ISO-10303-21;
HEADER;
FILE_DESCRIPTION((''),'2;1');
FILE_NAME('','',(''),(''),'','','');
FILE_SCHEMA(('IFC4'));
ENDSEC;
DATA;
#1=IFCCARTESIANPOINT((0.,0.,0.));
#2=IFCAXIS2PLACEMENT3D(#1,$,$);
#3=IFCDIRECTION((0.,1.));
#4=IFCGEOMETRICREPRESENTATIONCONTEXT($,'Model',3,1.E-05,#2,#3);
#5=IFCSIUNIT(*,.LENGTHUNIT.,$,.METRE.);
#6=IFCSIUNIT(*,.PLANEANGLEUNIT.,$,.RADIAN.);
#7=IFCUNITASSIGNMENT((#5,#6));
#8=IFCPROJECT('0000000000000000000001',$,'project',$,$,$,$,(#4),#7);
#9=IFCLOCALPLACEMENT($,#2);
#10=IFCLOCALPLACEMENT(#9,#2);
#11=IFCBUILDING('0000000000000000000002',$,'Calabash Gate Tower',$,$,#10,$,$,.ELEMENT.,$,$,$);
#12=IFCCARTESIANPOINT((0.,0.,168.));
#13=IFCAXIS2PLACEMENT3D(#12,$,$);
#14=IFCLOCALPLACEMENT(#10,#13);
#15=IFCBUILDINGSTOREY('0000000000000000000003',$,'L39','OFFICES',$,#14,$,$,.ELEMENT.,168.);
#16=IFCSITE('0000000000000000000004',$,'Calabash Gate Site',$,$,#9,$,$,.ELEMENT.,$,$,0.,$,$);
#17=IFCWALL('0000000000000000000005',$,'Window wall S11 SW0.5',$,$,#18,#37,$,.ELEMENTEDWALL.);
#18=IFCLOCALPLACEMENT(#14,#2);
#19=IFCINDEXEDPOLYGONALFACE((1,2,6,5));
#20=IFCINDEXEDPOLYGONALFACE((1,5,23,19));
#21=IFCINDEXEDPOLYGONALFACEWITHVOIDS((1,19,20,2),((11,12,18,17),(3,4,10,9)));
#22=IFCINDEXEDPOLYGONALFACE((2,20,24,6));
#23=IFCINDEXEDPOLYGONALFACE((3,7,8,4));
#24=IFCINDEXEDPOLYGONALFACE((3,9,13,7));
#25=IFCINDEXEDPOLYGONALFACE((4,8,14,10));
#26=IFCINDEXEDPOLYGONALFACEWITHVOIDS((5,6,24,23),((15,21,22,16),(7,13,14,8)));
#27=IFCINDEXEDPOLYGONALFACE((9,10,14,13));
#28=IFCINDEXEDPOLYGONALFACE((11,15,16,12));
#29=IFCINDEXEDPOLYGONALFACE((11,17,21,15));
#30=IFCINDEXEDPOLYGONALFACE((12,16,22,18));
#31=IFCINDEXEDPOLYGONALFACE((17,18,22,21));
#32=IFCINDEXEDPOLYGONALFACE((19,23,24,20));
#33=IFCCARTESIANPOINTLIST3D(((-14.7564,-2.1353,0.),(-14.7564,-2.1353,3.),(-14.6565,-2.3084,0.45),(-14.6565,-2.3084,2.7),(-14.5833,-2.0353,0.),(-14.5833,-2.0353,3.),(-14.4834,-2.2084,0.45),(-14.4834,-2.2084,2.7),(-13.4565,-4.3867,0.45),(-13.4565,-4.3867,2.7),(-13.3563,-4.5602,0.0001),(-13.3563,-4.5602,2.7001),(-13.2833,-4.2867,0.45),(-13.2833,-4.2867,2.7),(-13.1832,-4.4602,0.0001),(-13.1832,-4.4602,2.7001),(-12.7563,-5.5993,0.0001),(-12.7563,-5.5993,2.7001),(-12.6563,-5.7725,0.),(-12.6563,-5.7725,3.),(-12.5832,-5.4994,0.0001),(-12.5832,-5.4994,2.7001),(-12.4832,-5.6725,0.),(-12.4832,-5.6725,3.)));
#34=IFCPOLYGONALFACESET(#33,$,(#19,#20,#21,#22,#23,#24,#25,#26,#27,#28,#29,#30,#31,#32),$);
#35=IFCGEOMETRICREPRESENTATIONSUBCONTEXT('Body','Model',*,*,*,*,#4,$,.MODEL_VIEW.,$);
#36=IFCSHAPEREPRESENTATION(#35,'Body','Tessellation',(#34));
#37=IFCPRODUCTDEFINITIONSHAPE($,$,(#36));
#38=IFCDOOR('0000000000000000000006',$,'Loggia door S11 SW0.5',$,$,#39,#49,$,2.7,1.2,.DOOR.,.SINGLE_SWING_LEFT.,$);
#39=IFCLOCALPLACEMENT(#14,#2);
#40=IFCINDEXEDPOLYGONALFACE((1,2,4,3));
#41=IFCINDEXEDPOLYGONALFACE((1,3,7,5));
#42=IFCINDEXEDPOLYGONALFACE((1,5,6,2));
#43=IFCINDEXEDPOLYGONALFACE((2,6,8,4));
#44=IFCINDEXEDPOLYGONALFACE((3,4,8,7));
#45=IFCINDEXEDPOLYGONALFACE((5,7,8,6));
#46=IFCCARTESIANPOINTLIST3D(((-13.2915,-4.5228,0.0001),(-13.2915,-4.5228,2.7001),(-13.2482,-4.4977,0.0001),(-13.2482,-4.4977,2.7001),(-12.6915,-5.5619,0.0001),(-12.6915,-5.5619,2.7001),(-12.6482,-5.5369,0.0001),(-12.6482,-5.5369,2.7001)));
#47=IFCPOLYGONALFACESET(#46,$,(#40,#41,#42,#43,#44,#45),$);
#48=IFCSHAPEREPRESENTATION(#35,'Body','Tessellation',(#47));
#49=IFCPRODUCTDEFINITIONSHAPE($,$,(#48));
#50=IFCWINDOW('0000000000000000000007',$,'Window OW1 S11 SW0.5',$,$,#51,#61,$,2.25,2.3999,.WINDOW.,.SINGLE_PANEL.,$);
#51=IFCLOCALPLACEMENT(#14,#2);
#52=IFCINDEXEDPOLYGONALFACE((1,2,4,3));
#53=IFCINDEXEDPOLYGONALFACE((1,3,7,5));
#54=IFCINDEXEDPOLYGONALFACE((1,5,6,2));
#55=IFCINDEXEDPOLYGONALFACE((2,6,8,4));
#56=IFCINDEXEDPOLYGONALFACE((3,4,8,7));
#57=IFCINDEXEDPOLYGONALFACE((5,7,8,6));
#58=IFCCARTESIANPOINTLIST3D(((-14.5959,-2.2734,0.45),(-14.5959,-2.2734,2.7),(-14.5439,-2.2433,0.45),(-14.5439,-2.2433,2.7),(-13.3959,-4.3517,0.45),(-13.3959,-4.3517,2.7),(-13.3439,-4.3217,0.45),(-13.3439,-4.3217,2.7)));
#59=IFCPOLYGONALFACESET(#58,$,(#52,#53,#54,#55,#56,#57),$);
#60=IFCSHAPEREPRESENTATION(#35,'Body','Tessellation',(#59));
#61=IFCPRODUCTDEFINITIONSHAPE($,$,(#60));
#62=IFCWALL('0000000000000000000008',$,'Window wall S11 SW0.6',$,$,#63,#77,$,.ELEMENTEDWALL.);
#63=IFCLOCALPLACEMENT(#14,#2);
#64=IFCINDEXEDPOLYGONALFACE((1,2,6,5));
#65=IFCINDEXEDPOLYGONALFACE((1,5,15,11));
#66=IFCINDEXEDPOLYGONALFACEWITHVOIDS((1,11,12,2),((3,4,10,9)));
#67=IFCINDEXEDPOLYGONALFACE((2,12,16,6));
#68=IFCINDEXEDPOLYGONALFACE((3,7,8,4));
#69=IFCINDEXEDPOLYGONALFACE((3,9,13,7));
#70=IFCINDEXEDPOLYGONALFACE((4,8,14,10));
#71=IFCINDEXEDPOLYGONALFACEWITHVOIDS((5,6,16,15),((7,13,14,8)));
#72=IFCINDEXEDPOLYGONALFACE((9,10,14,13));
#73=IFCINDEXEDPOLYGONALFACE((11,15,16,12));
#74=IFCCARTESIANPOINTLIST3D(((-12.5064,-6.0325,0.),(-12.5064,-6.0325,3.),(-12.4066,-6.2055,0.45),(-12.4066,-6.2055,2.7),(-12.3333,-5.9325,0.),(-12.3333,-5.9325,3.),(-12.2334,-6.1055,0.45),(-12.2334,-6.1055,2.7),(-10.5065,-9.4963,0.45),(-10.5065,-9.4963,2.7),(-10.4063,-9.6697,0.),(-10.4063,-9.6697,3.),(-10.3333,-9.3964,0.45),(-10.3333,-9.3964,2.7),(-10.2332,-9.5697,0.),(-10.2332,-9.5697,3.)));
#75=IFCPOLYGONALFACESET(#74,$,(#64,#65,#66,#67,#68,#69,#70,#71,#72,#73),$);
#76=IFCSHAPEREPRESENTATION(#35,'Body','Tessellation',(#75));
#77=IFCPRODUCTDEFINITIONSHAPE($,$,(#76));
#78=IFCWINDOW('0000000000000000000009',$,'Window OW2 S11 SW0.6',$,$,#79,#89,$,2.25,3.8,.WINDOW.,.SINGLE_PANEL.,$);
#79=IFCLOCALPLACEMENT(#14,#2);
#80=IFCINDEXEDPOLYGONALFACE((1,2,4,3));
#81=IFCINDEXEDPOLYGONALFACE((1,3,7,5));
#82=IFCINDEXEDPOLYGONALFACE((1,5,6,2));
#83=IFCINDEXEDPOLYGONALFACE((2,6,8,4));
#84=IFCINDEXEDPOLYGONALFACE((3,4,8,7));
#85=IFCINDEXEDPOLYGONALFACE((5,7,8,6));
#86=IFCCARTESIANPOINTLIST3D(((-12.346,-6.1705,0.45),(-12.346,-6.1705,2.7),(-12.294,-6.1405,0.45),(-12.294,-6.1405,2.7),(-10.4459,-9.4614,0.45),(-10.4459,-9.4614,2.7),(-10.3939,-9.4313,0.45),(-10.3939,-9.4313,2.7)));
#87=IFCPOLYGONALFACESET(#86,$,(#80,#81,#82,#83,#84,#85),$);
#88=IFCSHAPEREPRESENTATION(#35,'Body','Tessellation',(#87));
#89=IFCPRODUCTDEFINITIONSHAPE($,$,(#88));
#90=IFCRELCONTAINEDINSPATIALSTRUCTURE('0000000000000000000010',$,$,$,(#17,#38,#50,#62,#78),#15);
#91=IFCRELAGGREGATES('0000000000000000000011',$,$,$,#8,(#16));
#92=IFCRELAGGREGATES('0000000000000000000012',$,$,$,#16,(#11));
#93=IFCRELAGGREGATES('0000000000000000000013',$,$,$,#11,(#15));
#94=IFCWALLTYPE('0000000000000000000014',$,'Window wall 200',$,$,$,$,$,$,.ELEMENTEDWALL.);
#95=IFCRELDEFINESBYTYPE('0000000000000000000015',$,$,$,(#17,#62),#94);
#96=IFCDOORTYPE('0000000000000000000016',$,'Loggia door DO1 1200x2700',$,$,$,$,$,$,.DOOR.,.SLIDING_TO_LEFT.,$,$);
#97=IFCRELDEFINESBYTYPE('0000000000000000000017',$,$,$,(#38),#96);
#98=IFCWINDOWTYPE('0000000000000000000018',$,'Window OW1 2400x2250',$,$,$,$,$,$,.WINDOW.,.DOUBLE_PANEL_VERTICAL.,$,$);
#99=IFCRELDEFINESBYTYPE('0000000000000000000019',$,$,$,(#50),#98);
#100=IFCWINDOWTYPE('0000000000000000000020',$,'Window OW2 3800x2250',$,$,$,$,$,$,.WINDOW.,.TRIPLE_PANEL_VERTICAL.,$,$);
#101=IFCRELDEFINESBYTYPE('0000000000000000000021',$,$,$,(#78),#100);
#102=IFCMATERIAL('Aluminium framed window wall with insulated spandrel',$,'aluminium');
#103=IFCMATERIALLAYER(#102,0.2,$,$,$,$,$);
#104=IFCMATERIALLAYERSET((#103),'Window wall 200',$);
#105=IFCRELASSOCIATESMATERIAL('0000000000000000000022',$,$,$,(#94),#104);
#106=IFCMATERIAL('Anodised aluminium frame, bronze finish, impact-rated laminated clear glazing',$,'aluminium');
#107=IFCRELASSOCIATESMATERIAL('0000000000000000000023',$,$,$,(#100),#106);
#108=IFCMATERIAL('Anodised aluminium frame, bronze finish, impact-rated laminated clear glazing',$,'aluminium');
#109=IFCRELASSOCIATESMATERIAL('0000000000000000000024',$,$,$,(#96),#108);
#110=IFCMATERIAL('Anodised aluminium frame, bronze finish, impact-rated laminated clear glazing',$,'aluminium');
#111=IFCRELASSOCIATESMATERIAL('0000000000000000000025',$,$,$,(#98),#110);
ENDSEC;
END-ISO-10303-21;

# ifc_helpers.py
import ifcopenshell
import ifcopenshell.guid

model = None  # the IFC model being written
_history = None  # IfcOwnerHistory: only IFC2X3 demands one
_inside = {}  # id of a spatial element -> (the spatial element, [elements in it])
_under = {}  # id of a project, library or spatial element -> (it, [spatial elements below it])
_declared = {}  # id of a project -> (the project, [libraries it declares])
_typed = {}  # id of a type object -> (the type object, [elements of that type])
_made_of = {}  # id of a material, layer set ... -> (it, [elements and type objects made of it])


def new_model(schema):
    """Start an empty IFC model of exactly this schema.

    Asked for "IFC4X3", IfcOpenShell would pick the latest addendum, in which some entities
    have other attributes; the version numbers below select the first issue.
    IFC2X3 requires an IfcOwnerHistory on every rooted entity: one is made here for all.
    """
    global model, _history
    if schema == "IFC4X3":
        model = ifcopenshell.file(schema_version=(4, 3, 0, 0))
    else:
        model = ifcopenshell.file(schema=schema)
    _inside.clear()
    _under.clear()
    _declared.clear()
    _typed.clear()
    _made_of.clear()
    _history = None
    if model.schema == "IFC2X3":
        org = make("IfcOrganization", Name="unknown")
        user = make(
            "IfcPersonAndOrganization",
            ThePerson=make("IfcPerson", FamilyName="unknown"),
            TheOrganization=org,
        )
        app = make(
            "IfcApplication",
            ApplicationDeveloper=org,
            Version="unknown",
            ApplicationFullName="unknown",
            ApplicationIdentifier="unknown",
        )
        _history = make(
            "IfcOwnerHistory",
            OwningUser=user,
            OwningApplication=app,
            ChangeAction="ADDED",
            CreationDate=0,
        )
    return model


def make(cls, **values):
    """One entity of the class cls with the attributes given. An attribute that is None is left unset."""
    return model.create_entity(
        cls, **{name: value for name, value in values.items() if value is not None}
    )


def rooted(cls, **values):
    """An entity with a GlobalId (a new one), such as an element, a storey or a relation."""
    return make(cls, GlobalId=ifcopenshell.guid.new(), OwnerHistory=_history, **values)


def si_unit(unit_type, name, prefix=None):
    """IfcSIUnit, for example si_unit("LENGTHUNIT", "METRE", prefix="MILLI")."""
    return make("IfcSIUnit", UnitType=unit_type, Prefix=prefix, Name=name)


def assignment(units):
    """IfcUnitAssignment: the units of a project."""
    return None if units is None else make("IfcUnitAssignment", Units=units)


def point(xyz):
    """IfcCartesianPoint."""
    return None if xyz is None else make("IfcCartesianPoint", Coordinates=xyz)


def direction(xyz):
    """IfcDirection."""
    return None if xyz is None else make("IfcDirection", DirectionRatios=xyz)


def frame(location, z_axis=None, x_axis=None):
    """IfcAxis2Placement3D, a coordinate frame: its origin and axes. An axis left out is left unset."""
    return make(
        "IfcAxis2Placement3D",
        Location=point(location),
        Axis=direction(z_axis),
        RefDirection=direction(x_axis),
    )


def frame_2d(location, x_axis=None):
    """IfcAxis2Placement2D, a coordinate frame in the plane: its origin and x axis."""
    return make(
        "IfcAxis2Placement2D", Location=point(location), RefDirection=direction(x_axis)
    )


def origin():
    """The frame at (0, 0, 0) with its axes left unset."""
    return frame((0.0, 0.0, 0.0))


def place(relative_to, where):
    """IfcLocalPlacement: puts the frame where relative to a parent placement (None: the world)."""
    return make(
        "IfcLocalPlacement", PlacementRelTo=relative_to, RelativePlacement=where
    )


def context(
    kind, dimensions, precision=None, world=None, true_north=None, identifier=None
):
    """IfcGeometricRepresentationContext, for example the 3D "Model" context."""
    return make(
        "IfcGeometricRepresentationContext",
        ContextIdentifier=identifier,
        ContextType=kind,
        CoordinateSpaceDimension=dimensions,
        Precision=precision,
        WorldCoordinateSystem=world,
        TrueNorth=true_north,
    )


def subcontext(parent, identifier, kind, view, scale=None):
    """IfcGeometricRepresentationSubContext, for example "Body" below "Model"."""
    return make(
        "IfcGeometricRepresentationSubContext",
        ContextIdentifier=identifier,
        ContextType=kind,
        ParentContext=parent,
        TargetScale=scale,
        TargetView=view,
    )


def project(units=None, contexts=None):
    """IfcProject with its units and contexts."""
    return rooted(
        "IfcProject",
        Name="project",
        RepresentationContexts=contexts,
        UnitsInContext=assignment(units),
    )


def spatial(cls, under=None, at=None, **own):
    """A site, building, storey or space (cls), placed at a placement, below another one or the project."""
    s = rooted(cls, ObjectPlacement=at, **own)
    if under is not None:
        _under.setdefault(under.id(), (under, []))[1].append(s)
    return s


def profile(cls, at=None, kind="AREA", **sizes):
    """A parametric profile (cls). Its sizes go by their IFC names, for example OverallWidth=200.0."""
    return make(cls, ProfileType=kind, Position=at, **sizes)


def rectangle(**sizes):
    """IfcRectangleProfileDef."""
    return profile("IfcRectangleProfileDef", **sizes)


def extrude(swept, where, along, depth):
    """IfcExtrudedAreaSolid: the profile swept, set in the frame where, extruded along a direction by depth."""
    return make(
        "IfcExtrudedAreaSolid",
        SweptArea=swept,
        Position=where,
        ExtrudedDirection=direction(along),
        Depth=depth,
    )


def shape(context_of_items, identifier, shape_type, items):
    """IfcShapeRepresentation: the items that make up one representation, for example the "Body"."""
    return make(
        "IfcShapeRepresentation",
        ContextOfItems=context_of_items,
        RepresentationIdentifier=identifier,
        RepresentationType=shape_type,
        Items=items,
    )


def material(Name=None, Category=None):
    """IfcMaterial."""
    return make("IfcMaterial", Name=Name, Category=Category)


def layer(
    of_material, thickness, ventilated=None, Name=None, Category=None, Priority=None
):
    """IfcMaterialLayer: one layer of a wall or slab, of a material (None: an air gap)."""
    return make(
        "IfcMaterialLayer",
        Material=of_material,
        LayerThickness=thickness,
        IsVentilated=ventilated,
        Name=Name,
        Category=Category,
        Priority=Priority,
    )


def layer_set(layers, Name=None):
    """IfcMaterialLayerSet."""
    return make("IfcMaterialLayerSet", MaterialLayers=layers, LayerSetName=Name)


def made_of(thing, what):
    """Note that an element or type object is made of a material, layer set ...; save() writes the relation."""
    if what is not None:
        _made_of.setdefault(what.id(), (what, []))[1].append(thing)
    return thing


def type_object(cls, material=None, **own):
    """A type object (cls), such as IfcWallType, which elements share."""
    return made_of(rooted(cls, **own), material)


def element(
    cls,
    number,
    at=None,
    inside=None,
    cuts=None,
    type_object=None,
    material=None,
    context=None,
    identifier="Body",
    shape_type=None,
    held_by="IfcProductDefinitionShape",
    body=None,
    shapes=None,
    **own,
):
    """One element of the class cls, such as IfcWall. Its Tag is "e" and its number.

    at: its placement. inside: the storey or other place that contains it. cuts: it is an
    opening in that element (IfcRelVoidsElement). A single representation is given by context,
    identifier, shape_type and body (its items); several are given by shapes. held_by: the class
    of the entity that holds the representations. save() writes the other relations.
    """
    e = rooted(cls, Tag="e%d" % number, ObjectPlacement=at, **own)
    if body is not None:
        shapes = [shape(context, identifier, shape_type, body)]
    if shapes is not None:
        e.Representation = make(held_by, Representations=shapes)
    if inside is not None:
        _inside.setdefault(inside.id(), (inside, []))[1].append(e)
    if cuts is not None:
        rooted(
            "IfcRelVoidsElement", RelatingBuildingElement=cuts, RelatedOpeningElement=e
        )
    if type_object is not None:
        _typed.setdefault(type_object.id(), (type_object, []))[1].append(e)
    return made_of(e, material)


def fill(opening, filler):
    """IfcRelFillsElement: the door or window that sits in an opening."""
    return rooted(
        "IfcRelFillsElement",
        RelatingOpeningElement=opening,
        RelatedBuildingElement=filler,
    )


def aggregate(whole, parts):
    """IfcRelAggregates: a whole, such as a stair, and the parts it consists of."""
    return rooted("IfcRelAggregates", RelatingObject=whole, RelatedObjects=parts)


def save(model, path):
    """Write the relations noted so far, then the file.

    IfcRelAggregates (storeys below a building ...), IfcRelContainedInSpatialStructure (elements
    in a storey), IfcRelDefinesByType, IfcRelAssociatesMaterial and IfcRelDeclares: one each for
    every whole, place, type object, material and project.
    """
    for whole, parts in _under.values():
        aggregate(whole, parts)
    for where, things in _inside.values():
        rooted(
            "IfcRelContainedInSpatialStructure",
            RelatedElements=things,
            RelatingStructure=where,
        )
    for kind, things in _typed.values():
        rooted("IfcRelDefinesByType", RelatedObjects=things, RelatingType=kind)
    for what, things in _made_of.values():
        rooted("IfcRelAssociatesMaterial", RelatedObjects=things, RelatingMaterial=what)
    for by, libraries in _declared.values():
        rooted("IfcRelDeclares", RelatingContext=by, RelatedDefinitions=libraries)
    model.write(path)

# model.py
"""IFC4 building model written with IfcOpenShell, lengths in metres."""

from ifc_helpers import new_model, si_unit, direction, frame, frame_2d, origin, place, context, subcontext, project, spatial, rectangle, extrude, material, layer, layer_set, type_object, element, fill, save


model = new_model("IFC4")

# Units and contexts
model_context = context("Model", 3, precision=1e-05, world=origin(), true_north=direction((0.0, 1.0)))
body_context = subcontext(model_context, "Body", "Model", "MODEL_VIEW")
ifc_project = project(units=[si_unit("LENGTHUNIT", "METRE"), si_unit("PLANEANGLEUNIT", "RADIAN")], contexts=[model_context])

# Site, building, storey
site_placement = place(None, origin())
site = spatial("IfcSite", under=ifc_project, at=site_placement, Name="Calabash Gate Site", CompositionType="ELEMENT", RefElevation=0.0)
building_placement = place(site_placement, origin())
building = spatial("IfcBuilding", under=site, at=building_placement, Name="Calabash Gate Tower", CompositionType="ELEMENT")
storey_placement = place(building_placement, frame((0.0, 0.0, 168.0)))
storey = spatial("IfcBuildingStorey", under=building, at=storey_placement, Name="L39", Description="OFFICES", CompositionType="ELEMENT", Elevation=168.0)

# Shared definitions
ifc_material_1 = material(Name="Aluminium framed window wall with insulated spandrel", Category="aluminium")
ifc_layer_1 = layer(ifc_material_1, 0.2)
ifc_layer_set_1 = layer_set([ifc_layer_1], Name="Window wall 200")
wall_type_1 = type_object("IfcWallType", Name="Window wall 200", PredefinedType="ELEMENTEDWALL", material=ifc_layer_set_1)
ifc_material_2 = material(Name="Anodised aluminium frame, bronze finish, impact-rated laminated clear glazing", Category="aluminium")
window_type_1 = type_object("IfcWindowType", Name="Window OW2 3800x2250", PartitioningType="TRIPLE_PANEL_VERTICAL", PredefinedType="WINDOW", material=ifc_material_2)

# Wall, openings, door, window
wall_1_placement = place(storey_placement, frame((-14.6699, -2.0852, 0.0), z_axis=(0.0, 0.0, 1.0), x_axis=(0.500028, -0.866009, 0.0)))
wall_1 = element("IfcWall", 1, at=wall_1_placement, inside=storey, type_object=wall_type_1, Name="Window wall S11 SW0.5", PredefinedType="ELEMENTEDWALL", context=body_context, shape_type="SweptSolid", body=[
    extrude(rectangle(XDim=4.2, YDim=0.2, at=frame_2d((2.1001, 0.0))), origin(), (0.0, 0.0, 1.0), 3.0),
])
opening_1_placement = place(wall_1_placement, frame((0.2, 0.0, 0.45)))
opening_1 = element("IfcOpeningElement", 2, at=opening_1_placement, cuts=wall_1, PredefinedType="OPENING", context=body_context, shape_type="SweptSolid", body=[
    extrude(rectangle(XDim=2.3999, YDim=2.25, at=frame_2d((1.2, 1.125))), frame((0.0, 0.1099, 0.0), z_axis=(0.0, -1.0, 0.0), x_axis=(1.0, 0.0, 0.0)), (0.0, 0.0, 1.0), 0.22),
])
opening_2_placement = place(wall_1_placement, frame((2.8, 0.0, 0.0)))
opening_2 = element("IfcOpeningElement", 3, at=opening_2_placement, cuts=wall_1, PredefinedType="OPENING", context=body_context, shape_type="SweptSolid", body=[
    extrude(rectangle(XDim=1.2, YDim=2.7, at=frame_2d((0.6001, 1.3501))), frame((0.0, 0.1099, 0.0), z_axis=(0.0, -1.0, 0.0), x_axis=(1.0, 0.0, 0.0)), (0.0, 0.0, 1.0), 0.22),
])
ifc_material_3 = material(Name="Anodised aluminium frame, bronze finish, impact-rated laminated clear glazing", Category="aluminium")
door_type_1 = type_object("IfcDoorType", Name="Loggia door DO1 1200x2700", OperationType="SLIDING_TO_LEFT", PredefinedType="DOOR", material=ifc_material_3)
door_1_placement = place(opening_2_placement, origin())
door_1 = element("IfcDoor", 4, at=door_1_placement, inside=storey, type_object=door_type_1, Name="Loggia door S11 SW0.5", OperationType="SINGLE_SWING_LEFT", OverallHeight=2.7, OverallWidth=1.2, PredefinedType="DOOR", context=body_context, shape_type="SweptSolid", body=[
    extrude(rectangle(XDim=1.2, YDim=2.7, at=frame_2d((0.6001, 1.3501))), frame((0.0, 0.0249, 0.0), z_axis=(0.0, -1.0, 0.0), x_axis=(1.0, 0.0, 0.0)), (0.0, 0.0, 1.0), 0.05),
])
fill(opening_2, door_1)
ifc_material_4 = material(Name="Anodised aluminium frame, bronze finish, impact-rated laminated clear glazing", Category="aluminium")
window_type_2 = type_object("IfcWindowType", Name="Window OW1 2400x2250", PartitioningType="DOUBLE_PANEL_VERTICAL", PredefinedType="WINDOW", material=ifc_material_4)
window_1_placement = place(opening_1_placement, origin())
window_1 = element("IfcWindow", 5, at=window_1_placement, inside=storey, type_object=window_type_2, Name="Window OW1 S11 SW0.5", OverallHeight=2.25, OverallWidth=2.3999, PartitioningType="SINGLE_PANEL", PredefinedType="WINDOW", context=body_context, shape_type="SweptSolid", body=[
    extrude(rectangle(XDim=2.3999, YDim=2.25, at=frame_2d((1.2, 1.125))), frame((0.0, 0.03, 0.0), z_axis=(0.0, -1.0, 0.0), x_axis=(1.0, 0.0, 0.0)), (0.0, 0.0, 1.0), 0.0601),
])
fill(opening_1, window_1)

# Wall, opening, window
wall_2_placement = place(storey_placement, frame((-12.4199, -5.9824, 0.0), z_axis=(0.0, 0.0, 1.0), x_axis=(0.500028, -0.866009, 0.0)))
wall_2 = element("IfcWall", 6, at=wall_2_placement, inside=storey, type_object=wall_type_1, Name="Window wall S11 SW0.6", PredefinedType="ELEMENTEDWALL", context=body_context, shape_type="SweptSolid", body=[
    extrude(rectangle(XDim=4.2, YDim=0.2, at=frame_2d((2.1001, 0.0))), origin(), (0.0, 0.0, 1.0), 3.0),
])
opening_3_placement = place(wall_2_placement, frame((0.2, 0.0, 0.45)))
opening_3 = element("IfcOpeningElement", 7, at=opening_3_placement, cuts=wall_2, PredefinedType="OPENING", context=body_context, shape_type="SweptSolid", body=[
    extrude(rectangle(XDim=3.8, YDim=2.25, at=frame_2d((1.8999, 1.125))), frame((0.0, 0.1099, 0.0), z_axis=(0.0, -1.0, 0.0), x_axis=(1.0, 0.0, 0.0)), (0.0, 0.0, 1.0), 0.22),
])
window_2_placement = place(opening_3_placement, origin())
window_2 = element("IfcWindow", 8, at=window_2_placement, inside=storey, type_object=window_type_1, Name="Window OW2 S11 SW0.6", OverallHeight=2.25, OverallWidth=3.8, PartitioningType="SINGLE_PANEL", PredefinedType="WINDOW", context=body_context, shape_type="SweptSolid", body=[
    extrude(rectangle(XDim=3.8, YDim=2.25, at=frame_2d((1.8999, 1.125))), frame((0.0, 0.03, 0.0), z_axis=(0.0, -1.0, 0.0), x_axis=(1.0, 0.0, 0.0)), (0.0, 0.0, 1.0), 0.0601),
])
fill(opening_3, window_2)

save(model, "model.ifc")
